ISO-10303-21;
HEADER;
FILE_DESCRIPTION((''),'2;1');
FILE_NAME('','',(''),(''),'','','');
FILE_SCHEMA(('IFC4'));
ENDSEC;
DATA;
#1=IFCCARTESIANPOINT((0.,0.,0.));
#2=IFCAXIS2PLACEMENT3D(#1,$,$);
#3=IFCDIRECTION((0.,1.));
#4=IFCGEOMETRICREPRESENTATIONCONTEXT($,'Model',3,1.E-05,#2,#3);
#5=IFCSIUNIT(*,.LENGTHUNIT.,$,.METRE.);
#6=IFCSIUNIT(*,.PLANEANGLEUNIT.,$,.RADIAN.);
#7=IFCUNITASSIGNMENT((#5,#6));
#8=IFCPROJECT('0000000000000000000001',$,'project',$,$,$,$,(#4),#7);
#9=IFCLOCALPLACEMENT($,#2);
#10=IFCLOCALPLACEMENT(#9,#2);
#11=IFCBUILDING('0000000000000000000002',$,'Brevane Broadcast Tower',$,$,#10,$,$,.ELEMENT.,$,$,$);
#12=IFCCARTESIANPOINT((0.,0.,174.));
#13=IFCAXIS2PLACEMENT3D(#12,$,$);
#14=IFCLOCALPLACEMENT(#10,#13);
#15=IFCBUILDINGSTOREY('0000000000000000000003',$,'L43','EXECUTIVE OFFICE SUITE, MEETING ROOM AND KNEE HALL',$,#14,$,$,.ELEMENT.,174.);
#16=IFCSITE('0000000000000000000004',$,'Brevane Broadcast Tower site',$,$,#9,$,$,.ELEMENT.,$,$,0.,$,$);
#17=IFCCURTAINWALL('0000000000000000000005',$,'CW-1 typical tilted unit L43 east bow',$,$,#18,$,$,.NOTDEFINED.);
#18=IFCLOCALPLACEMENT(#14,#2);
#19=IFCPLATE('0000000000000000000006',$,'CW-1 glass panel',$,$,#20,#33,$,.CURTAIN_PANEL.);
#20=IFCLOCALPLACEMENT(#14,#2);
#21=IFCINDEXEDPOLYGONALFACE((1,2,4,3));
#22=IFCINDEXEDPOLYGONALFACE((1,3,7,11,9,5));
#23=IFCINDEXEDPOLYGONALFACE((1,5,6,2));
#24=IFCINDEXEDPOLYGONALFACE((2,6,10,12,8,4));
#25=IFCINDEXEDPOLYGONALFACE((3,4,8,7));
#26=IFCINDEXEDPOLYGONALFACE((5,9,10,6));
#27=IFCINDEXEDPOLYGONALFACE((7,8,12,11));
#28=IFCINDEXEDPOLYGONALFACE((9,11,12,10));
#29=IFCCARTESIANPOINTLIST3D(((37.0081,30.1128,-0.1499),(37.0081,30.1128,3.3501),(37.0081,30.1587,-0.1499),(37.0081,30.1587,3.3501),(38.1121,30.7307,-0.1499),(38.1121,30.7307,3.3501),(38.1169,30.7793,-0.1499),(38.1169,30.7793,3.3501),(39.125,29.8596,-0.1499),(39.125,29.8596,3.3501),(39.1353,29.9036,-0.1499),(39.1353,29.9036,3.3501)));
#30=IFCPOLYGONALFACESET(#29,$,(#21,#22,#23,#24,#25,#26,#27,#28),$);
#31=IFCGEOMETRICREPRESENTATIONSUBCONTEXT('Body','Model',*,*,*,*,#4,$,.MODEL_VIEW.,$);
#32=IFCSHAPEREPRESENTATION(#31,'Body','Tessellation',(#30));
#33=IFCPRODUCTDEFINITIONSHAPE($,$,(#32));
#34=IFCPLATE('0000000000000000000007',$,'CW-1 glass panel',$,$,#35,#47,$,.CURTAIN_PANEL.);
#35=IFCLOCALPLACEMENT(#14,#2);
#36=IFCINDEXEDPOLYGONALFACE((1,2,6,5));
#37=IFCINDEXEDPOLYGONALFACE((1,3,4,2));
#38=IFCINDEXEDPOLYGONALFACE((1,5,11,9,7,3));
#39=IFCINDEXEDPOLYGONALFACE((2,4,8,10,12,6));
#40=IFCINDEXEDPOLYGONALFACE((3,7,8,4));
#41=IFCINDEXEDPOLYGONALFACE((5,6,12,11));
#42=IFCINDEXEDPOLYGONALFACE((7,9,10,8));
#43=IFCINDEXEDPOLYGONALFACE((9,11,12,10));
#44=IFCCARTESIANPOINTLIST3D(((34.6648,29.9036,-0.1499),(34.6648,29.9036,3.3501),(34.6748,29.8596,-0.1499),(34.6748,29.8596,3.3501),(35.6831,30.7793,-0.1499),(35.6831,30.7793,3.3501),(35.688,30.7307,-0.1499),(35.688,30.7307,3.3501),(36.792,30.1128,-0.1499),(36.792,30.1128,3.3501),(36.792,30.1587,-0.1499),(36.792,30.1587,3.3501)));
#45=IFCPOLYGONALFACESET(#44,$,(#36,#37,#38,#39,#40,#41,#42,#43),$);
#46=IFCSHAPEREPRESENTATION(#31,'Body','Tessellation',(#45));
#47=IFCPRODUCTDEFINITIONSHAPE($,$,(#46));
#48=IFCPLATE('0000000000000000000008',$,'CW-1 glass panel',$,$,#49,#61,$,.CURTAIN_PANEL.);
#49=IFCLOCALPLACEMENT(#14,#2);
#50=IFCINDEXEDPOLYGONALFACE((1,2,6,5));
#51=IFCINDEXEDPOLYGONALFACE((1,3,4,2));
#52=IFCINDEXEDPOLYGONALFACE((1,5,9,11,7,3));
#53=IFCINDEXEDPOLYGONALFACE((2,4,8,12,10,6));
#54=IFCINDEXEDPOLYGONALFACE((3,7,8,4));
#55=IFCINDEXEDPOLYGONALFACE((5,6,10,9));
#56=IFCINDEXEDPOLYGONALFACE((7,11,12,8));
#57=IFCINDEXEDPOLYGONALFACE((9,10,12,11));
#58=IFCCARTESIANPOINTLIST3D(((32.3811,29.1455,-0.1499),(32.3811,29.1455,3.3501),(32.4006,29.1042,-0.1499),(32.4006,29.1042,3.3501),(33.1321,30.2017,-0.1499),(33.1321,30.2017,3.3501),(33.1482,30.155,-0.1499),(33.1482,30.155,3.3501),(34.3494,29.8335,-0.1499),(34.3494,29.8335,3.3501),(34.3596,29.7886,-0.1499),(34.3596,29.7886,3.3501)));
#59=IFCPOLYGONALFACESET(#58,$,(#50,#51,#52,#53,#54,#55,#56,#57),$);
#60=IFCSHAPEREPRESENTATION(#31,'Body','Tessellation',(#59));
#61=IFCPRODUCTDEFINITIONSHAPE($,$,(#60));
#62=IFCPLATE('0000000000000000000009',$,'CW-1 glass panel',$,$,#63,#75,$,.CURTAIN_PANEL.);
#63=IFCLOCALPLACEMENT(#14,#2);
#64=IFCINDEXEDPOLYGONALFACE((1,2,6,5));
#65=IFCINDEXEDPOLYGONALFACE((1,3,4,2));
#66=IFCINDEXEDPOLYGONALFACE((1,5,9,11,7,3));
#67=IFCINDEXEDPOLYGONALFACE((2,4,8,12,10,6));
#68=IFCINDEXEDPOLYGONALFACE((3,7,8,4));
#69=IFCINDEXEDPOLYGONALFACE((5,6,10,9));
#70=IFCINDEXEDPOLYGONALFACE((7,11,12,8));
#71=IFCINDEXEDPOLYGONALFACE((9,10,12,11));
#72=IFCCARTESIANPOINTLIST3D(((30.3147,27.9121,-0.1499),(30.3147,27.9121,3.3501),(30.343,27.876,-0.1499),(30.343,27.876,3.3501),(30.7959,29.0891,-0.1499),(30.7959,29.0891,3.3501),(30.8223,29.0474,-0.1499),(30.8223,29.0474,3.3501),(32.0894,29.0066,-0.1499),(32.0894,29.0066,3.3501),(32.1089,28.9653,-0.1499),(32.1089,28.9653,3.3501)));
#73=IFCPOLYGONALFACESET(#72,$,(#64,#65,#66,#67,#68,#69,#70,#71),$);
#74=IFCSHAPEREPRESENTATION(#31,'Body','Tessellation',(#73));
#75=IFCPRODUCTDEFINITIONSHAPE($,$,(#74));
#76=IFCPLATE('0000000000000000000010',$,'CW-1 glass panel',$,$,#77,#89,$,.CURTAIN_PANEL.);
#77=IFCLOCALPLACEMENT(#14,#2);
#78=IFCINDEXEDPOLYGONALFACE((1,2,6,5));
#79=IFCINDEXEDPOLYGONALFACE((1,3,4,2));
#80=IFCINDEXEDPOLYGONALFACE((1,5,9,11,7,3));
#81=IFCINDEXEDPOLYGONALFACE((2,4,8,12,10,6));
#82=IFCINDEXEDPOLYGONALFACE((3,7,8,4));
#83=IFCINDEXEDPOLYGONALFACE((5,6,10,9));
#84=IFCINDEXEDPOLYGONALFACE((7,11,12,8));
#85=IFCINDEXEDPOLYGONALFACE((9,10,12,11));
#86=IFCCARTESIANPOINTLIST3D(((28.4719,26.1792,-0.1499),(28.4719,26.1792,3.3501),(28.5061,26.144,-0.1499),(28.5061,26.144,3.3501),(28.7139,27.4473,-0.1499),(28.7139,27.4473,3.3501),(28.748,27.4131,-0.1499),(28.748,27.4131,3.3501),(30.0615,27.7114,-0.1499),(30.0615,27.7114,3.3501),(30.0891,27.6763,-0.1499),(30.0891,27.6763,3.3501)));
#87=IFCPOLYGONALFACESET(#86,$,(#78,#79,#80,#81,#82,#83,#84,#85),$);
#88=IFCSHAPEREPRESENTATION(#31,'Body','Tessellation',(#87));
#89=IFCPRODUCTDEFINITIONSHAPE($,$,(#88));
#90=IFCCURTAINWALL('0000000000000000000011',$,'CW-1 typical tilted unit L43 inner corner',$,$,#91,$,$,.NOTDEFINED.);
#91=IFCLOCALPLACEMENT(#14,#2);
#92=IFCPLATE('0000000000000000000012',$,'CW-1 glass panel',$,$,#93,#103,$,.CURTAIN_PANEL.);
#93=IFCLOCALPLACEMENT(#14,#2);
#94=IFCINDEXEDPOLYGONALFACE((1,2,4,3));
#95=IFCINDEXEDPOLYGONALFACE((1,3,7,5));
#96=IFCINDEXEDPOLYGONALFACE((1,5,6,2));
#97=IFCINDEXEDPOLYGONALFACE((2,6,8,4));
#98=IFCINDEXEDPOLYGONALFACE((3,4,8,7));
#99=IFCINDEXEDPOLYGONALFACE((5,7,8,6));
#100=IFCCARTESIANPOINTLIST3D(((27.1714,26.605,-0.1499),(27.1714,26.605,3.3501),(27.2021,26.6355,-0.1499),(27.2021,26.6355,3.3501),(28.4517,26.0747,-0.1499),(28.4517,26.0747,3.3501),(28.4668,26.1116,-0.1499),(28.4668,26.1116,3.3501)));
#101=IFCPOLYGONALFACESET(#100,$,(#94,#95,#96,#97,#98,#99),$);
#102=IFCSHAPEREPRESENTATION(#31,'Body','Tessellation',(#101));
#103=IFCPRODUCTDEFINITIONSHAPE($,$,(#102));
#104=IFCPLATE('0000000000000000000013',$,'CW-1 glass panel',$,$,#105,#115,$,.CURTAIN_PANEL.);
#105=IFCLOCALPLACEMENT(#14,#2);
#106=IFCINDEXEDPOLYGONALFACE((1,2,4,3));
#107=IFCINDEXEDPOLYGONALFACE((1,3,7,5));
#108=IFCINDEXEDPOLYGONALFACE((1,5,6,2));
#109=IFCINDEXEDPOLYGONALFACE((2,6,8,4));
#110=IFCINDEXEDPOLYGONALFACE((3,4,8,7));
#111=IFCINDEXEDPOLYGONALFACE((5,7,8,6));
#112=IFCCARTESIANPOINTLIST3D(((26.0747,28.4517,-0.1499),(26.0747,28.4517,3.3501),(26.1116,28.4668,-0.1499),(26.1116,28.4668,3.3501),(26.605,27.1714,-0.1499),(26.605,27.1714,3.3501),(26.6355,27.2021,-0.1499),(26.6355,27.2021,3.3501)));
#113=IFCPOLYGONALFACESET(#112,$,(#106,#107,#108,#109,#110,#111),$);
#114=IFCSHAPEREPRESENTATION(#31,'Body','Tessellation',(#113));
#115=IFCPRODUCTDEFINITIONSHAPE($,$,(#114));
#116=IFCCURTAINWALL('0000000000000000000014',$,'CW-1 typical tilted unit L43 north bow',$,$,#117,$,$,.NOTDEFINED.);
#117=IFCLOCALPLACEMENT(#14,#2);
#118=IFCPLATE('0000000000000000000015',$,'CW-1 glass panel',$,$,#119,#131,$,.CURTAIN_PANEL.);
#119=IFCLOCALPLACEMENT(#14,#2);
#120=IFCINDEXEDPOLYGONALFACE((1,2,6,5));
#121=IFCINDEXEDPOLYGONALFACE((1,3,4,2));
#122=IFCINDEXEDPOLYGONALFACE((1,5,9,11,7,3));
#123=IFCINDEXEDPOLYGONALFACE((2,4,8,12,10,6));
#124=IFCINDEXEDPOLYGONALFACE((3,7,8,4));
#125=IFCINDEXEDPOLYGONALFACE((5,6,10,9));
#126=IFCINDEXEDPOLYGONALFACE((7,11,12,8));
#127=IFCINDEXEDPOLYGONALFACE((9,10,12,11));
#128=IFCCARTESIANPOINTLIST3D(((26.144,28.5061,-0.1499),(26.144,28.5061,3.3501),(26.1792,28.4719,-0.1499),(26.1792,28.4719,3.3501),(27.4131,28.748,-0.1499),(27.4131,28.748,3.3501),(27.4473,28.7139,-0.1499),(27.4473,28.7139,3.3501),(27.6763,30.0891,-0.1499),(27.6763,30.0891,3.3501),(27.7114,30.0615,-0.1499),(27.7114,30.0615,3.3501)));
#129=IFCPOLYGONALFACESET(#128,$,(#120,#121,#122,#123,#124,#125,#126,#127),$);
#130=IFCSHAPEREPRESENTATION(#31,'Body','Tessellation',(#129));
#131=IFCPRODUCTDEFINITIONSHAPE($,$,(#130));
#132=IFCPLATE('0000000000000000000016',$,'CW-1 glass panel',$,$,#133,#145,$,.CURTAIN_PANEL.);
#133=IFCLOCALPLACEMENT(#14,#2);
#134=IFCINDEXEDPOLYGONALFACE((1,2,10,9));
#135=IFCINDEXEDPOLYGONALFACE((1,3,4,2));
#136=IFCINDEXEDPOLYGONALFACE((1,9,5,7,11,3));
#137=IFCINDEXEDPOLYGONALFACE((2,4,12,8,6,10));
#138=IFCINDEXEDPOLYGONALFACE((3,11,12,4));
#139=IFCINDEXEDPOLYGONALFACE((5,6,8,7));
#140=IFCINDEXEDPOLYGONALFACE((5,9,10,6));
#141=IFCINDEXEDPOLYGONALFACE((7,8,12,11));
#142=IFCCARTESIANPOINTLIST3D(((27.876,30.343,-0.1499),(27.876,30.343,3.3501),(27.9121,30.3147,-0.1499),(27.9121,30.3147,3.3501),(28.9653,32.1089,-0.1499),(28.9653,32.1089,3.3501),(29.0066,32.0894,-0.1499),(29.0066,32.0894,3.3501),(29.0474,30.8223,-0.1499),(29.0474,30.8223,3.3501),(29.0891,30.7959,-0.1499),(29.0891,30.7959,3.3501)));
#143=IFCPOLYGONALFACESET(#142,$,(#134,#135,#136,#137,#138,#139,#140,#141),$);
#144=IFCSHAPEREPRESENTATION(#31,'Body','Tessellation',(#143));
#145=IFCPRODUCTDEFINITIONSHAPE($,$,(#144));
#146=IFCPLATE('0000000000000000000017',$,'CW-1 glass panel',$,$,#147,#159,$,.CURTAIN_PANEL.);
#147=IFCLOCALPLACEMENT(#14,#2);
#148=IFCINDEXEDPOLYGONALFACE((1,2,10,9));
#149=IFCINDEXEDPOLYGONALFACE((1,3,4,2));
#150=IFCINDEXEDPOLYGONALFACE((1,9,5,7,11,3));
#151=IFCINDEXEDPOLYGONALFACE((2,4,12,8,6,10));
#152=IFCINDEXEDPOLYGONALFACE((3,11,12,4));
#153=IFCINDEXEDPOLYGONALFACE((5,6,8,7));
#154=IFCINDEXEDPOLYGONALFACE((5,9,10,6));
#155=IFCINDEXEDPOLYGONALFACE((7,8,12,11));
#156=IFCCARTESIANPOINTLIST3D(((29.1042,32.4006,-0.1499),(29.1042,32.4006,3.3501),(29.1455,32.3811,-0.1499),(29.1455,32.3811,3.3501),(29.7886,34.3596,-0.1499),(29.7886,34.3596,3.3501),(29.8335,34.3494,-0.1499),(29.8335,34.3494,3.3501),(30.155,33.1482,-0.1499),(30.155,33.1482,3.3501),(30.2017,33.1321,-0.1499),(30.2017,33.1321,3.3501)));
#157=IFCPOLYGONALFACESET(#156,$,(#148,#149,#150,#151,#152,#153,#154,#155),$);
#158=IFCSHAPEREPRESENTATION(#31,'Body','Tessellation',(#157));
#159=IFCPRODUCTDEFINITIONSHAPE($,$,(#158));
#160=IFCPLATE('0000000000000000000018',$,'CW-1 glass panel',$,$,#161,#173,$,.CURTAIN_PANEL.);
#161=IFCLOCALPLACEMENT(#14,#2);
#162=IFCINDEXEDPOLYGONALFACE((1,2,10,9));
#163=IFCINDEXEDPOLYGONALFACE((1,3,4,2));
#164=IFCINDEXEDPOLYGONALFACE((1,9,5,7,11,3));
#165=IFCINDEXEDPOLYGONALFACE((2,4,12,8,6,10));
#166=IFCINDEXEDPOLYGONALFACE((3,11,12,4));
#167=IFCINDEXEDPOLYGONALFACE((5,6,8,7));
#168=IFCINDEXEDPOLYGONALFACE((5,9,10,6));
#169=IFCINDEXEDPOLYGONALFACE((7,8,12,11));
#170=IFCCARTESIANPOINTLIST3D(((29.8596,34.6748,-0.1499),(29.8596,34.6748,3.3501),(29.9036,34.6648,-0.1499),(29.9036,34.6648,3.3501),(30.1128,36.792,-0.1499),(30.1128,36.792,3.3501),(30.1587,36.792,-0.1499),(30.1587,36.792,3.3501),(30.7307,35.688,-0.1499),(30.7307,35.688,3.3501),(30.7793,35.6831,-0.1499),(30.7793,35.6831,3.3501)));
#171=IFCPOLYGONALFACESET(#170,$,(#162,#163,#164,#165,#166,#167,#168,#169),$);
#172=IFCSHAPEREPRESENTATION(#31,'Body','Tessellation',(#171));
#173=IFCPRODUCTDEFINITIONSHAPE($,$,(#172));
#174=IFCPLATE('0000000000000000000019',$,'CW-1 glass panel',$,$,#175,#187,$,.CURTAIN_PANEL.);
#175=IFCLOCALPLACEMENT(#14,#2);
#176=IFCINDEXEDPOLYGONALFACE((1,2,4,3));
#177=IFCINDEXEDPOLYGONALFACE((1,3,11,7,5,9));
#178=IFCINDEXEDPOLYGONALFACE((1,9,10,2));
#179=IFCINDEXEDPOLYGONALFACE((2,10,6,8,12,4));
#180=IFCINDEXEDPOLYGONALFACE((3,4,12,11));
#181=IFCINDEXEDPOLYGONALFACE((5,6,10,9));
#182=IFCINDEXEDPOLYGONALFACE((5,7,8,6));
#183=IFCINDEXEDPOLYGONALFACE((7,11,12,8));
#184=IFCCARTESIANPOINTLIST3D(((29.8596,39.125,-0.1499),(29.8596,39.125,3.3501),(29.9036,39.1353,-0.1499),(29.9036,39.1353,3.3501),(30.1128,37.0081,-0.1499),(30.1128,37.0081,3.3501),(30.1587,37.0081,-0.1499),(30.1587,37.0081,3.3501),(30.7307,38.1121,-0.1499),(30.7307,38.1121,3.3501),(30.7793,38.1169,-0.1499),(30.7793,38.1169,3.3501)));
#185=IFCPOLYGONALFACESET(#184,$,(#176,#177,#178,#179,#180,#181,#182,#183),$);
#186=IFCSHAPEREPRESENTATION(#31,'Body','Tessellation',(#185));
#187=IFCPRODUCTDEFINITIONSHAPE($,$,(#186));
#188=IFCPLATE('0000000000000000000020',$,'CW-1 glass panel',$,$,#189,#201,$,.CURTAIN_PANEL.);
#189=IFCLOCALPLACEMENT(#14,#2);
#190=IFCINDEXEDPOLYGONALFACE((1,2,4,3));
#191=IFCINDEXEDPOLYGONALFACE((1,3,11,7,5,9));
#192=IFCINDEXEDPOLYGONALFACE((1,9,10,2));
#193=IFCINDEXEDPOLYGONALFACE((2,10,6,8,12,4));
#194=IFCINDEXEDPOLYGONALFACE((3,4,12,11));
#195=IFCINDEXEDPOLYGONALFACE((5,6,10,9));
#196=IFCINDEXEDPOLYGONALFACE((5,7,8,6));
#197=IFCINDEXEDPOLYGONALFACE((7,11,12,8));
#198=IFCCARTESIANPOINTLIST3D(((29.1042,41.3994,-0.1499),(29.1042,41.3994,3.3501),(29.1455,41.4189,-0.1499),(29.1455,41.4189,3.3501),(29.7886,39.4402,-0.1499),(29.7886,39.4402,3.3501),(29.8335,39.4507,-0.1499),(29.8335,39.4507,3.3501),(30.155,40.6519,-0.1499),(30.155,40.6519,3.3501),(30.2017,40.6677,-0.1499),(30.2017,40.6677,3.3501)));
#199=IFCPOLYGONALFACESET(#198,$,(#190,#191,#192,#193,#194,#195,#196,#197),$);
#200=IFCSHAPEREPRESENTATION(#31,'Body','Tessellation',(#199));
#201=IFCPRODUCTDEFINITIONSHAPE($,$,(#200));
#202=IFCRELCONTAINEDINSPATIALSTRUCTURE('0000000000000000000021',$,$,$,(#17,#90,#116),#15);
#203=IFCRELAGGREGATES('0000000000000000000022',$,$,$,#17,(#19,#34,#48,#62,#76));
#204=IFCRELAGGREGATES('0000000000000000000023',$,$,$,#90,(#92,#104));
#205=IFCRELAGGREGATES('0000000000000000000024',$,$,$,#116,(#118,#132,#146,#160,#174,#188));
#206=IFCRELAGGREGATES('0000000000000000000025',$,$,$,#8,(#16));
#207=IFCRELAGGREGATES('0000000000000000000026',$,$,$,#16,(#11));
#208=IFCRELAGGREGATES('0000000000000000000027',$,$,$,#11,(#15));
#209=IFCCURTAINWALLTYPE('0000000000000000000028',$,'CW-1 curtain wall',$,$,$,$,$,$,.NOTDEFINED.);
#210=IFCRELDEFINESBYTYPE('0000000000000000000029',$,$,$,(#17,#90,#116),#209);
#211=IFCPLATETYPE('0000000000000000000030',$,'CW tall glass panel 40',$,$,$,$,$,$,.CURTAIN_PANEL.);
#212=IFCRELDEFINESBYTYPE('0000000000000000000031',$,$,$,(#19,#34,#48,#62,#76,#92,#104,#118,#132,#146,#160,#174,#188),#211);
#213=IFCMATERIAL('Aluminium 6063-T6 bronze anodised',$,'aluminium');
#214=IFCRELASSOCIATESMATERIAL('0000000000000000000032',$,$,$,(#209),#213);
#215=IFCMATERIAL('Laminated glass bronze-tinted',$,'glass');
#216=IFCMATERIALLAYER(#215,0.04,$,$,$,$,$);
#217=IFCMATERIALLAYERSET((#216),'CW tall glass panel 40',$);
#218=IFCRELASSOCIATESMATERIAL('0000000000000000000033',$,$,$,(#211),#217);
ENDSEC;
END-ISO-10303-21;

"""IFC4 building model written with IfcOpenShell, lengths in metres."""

from ifc_helpers import new_model, si_unit, direction, frame, origin, place, context, subcontext, project, spatial, polyline, outline, extrude, material, layer, layer_set, type_object, element, aggregate, save


model = new_model("IFC4")

# Units and contexts
model_context = context("Model", 3, precision=1e-05, world=origin(), true_north=direction((0.0, 1.0)))
body_context = subcontext(model_context, "Body", "Model", "MODEL_VIEW")
ifc_project = project(units=[si_unit("LENGTHUNIT", "METRE"), si_unit("PLANEANGLEUNIT", "RADIAN")], contexts=[model_context])

# Site, building, storey
site_placement = place(None, origin())
site = spatial("IfcSite", under=ifc_project, at=site_placement, Name="Brevane Broadcast Tower site", CompositionType="ELEMENT", RefElevation=0.0)
building_placement = place(site_placement, origin())
building = spatial("IfcBuilding", under=site, at=building_placement, Name="Brevane Broadcast Tower", CompositionType="ELEMENT")
storey_placement = place(building_placement, frame((0.0, 0.0, 174.0)))
storey = spatial("IfcBuildingStorey", under=building, at=storey_placement, Name="L43", Description="EXECUTIVE OFFICE SUITE, MEETING ROOM AND KNEE HALL", CompositionType="ELEMENT", Elevation=174.0)

# Curtain walls, plates
ifc_material_1 = material(Name="Aluminium 6063-T6 bronze anodised", Category="aluminium")
curtain_wall_type = type_object("IfcCurtainWallType", Name="CW-1 curtain wall", PredefinedType="NOTDEFINED", material=ifc_material_1)
curtain_wall_1_placement = place(storey_placement, origin())
curtain_wall_1 = element("IfcCurtainWall", 1, at=curtain_wall_1_placement, inside=storey, type_object=curtain_wall_type, Name="CW-1 typical tilted unit L43 east bow", PredefinedType="NOTDEFINED")
ifc_material_2 = material(Name="Laminated glass bronze-tinted", Category="glass")
ifc_layer = layer(ifc_material_2, 0.04)
ifc_layer_set = layer_set([ifc_layer], Name="CW tall glass panel 40")
plate_type = type_object("IfcPlateType", Name="CW tall glass panel 40", PredefinedType="CURTAIN_PANEL", material=ifc_layer_set)
plate_1_placement = place(storey_placement, frame((0.0, 0.0, -0.1499)))
plate_1 = element("IfcPlate", 2, at=plate_1_placement, type_object=plate_type, Name="CW-1 glass panel", PredefinedType="CURTAIN_PANEL", context=body_context, shape_type="SweptSolid", body=[
    extrude(outline(polyline([(39.125, 29.8596), (39.1353, 29.9036), (38.1169, 30.7793), (37.0081, 30.1587), (37.0081, 30.1128), (38.1121, 30.7307), (39.125, 29.8596)])), origin(), (0.0, 0.0, 1.0), 3.5),
])
plate_2_placement = place(storey_placement, frame((0.0, 0.0, -0.1499)))
plate_2 = element("IfcPlate", 3, at=plate_2_placement, type_object=plate_type, Name="CW-1 glass panel", PredefinedType="CURTAIN_PANEL", context=body_context, shape_type="SweptSolid", body=[
    extrude(outline(polyline([(36.792, 30.1128), (36.792, 30.1587), (35.6831, 30.7793), (34.6648, 29.9036), (34.6748, 29.8596), (35.688, 30.7307), (36.792, 30.1128)])), origin(), (0.0, 0.0, 1.0), 3.5),
])
plate_3_placement = place(storey_placement, frame((0.0, 0.0, -0.1499)))
plate_3 = element("IfcPlate", 4, at=plate_3_placement, type_object=plate_type, Name="CW-1 glass panel", PredefinedType="CURTAIN_PANEL", context=body_context, shape_type="SweptSolid", body=[
    extrude(outline(polyline([(34.3596, 29.7886), (34.3494, 29.8335), (33.1321, 30.2017), (32.3811, 29.1455), (32.4006, 29.1042), (33.1482, 30.155), (34.3596, 29.7886)])), origin(), (0.0, 0.0, 1.0), 3.5),
])
plate_4_placement = place(storey_placement, frame((0.0, 0.0, -0.1499)))
plate_4 = element("IfcPlate", 5, at=plate_4_placement, type_object=plate_type, Name="CW-1 glass panel", PredefinedType="CURTAIN_PANEL", context=body_context, shape_type="SweptSolid", body=[
    extrude(outline(polyline([(32.1089, 28.9653), (32.0894, 29.0066), (30.7959, 29.0891), (30.3147, 27.9121), (30.343, 27.876), (30.8223, 29.0474), (32.1089, 28.9653)])), origin(), (0.0, 0.0, 1.0), 3.5),
])
plate_5_placement = place(storey_placement, frame((0.0, 0.0, -0.1499)))
plate_5 = element("IfcPlate", 6, at=plate_5_placement, type_object=plate_type, Name="CW-1 glass panel", PredefinedType="CURTAIN_PANEL", context=body_context, shape_type="SweptSolid", body=[
    extrude(outline(polyline([(30.0891, 27.6763), (30.0615, 27.7114), (28.7139, 27.4473), (28.4719, 26.1792), (28.5061, 26.144), (28.748, 27.4131), (30.0891, 27.6763)])), origin(), (0.0, 0.0, 1.0), 3.5),
])
aggregate(curtain_wall_1, [plate_1, plate_2, plate_3, plate_4, plate_5])
curtain_wall_2_placement = place(storey_placement, origin())
curtain_wall_2 = element("IfcCurtainWall", 7, at=curtain_wall_2_placement, inside=storey, type_object=curtain_wall_type, Name="CW-1 typical tilted unit L43 inner corner", PredefinedType="NOTDEFINED")
plate_6_placement = place(storey_placement, frame((0.0, 0.0, -0.1499)))
plate_6 = element("IfcPlate", 8, at=plate_6_placement, type_object=plate_type, Name="CW-1 glass panel", PredefinedType="CURTAIN_PANEL", context=body_context, shape_type="SweptSolid", body=[
    extrude(outline(polyline([(28.4517, 26.0747), (28.4668, 26.1116), (27.2021, 26.6355), (27.1714, 26.605), (28.4517, 26.0747)])), origin(), (0.0, 0.0, 1.0), 3.5),
])
plate_7_placement = place(storey_placement, frame((0.0, 0.0, -0.1499)))
plate_7 = element("IfcPlate", 9, at=plate_7_placement, type_object=plate_type, Name="CW-1 glass panel", PredefinedType="CURTAIN_PANEL", context=body_context, shape_type="SweptSolid", body=[
    extrude(outline(polyline([(26.605, 27.1714), (26.6355, 27.2021), (26.1116, 28.4668), (26.0747, 28.4517), (26.605, 27.1714)])), origin(), (0.0, 0.0, 1.0), 3.5),
])
aggregate(curtain_wall_2, [plate_6, plate_7])
curtain_wall_3_placement = place(storey_placement, origin())
curtain_wall_3 = element("IfcCurtainWall", 10, at=curtain_wall_3_placement, inside=storey, type_object=curtain_wall_type, Name="CW-1 typical tilted unit L43 north bow", PredefinedType="NOTDEFINED")
plate_8_placement = place(storey_placement, frame((0.0, 0.0, -0.1499)))
plate_8 = element("IfcPlate", 11, at=plate_8_placement, type_object=plate_type, Name="CW-1 glass panel", PredefinedType="CURTAIN_PANEL", context=body_context, shape_type="SweptSolid", body=[
    extrude(outline(polyline([(26.144, 28.5061), (26.1792, 28.4719), (27.4473, 28.7139), (27.7114, 30.0615), (27.6763, 30.0891), (27.4131, 28.748), (26.144, 28.5061)])), origin(), (0.0, 0.0, 1.0), 3.5),
])
plate_9_placement = place(storey_placement, frame((0.0, 0.0, -0.1499)))
plate_9 = element("IfcPlate", 12, at=plate_9_placement, type_object=plate_type, Name="CW-1 glass panel", PredefinedType="CURTAIN_PANEL", context=body_context, shape_type="SweptSolid", body=[
    extrude(outline(polyline([(27.876, 30.343), (27.9121, 30.3147), (29.0891, 30.7959), (29.0066, 32.0894), (28.9653, 32.1089), (29.0474, 30.8223), (27.876, 30.343)])), origin(), (0.0, 0.0, 1.0), 3.5),
])
plate_10_placement = place(storey_placement, frame((0.0, 0.0, -0.1499)))
plate_10 = element("IfcPlate", 13, at=plate_10_placement, type_object=plate_type, Name="CW-1 glass panel", PredefinedType="CURTAIN_PANEL", context=body_context, shape_type="SweptSolid", body=[
    extrude(outline(polyline([(29.1042, 32.4006), (29.1455, 32.3811), (30.2017, 33.1321), (29.8335, 34.3494), (29.7886, 34.3596), (30.155, 33.1482), (29.1042, 32.4006)])), origin(), (0.0, 0.0, 1.0), 3.5),
])
plate_11_placement = place(storey_placement, frame((0.0, 0.0, -0.1499)))
plate_11 = element("IfcPlate", 14, at=plate_11_placement, type_object=plate_type, Name="CW-1 glass panel", PredefinedType="CURTAIN_PANEL", context=body_context, shape_type="SweptSolid", body=[
    extrude(outline(polyline([(29.8596, 34.6748), (29.9036, 34.6648), (30.7793, 35.6831), (30.1587, 36.792), (30.1128, 36.792), (30.7307, 35.688), (29.8596, 34.6748)])), origin(), (0.0, 0.0, 1.0), 3.5),
])
plate_12_placement = place(storey_placement, frame((0.0, 0.0, -0.1499)))
plate_12 = element("IfcPlate", 15, at=plate_12_placement, type_object=plate_type, Name="CW-1 glass panel", PredefinedType="CURTAIN_PANEL", context=body_context, shape_type="SweptSolid", body=[
    extrude(outline(polyline([(30.1128, 37.0081), (30.1587, 37.0081), (30.7793, 38.1169), (29.9036, 39.1353), (29.8596, 39.125), (30.7307, 38.1121), (30.1128, 37.0081)])), origin(), (0.0, 0.0, 1.0), 3.5),
])
plate_13_placement = place(storey_placement, frame((0.0, 0.0, -0.1499)))
plate_13 = element("IfcPlate", 16, at=plate_13_placement, type_object=plate_type, Name="CW-1 glass panel", PredefinedType="CURTAIN_PANEL", context=body_context, shape_type="SweptSolid", body=[
    extrude(outline(polyline([(29.7886, 39.4402), (29.8335, 39.4507), (30.2017, 40.6677), (29.1455, 41.4189), (29.1042, 41.3994), (30.155, 40.6519), (29.7886, 39.4402)])), origin(), (0.0, 0.0, 1.0), 3.5),
])
aggregate(curtain_wall_3, [plate_8, plate_9, plate_10, plate_11, plate_12, plate_13])

save(model, "model.ifc")
